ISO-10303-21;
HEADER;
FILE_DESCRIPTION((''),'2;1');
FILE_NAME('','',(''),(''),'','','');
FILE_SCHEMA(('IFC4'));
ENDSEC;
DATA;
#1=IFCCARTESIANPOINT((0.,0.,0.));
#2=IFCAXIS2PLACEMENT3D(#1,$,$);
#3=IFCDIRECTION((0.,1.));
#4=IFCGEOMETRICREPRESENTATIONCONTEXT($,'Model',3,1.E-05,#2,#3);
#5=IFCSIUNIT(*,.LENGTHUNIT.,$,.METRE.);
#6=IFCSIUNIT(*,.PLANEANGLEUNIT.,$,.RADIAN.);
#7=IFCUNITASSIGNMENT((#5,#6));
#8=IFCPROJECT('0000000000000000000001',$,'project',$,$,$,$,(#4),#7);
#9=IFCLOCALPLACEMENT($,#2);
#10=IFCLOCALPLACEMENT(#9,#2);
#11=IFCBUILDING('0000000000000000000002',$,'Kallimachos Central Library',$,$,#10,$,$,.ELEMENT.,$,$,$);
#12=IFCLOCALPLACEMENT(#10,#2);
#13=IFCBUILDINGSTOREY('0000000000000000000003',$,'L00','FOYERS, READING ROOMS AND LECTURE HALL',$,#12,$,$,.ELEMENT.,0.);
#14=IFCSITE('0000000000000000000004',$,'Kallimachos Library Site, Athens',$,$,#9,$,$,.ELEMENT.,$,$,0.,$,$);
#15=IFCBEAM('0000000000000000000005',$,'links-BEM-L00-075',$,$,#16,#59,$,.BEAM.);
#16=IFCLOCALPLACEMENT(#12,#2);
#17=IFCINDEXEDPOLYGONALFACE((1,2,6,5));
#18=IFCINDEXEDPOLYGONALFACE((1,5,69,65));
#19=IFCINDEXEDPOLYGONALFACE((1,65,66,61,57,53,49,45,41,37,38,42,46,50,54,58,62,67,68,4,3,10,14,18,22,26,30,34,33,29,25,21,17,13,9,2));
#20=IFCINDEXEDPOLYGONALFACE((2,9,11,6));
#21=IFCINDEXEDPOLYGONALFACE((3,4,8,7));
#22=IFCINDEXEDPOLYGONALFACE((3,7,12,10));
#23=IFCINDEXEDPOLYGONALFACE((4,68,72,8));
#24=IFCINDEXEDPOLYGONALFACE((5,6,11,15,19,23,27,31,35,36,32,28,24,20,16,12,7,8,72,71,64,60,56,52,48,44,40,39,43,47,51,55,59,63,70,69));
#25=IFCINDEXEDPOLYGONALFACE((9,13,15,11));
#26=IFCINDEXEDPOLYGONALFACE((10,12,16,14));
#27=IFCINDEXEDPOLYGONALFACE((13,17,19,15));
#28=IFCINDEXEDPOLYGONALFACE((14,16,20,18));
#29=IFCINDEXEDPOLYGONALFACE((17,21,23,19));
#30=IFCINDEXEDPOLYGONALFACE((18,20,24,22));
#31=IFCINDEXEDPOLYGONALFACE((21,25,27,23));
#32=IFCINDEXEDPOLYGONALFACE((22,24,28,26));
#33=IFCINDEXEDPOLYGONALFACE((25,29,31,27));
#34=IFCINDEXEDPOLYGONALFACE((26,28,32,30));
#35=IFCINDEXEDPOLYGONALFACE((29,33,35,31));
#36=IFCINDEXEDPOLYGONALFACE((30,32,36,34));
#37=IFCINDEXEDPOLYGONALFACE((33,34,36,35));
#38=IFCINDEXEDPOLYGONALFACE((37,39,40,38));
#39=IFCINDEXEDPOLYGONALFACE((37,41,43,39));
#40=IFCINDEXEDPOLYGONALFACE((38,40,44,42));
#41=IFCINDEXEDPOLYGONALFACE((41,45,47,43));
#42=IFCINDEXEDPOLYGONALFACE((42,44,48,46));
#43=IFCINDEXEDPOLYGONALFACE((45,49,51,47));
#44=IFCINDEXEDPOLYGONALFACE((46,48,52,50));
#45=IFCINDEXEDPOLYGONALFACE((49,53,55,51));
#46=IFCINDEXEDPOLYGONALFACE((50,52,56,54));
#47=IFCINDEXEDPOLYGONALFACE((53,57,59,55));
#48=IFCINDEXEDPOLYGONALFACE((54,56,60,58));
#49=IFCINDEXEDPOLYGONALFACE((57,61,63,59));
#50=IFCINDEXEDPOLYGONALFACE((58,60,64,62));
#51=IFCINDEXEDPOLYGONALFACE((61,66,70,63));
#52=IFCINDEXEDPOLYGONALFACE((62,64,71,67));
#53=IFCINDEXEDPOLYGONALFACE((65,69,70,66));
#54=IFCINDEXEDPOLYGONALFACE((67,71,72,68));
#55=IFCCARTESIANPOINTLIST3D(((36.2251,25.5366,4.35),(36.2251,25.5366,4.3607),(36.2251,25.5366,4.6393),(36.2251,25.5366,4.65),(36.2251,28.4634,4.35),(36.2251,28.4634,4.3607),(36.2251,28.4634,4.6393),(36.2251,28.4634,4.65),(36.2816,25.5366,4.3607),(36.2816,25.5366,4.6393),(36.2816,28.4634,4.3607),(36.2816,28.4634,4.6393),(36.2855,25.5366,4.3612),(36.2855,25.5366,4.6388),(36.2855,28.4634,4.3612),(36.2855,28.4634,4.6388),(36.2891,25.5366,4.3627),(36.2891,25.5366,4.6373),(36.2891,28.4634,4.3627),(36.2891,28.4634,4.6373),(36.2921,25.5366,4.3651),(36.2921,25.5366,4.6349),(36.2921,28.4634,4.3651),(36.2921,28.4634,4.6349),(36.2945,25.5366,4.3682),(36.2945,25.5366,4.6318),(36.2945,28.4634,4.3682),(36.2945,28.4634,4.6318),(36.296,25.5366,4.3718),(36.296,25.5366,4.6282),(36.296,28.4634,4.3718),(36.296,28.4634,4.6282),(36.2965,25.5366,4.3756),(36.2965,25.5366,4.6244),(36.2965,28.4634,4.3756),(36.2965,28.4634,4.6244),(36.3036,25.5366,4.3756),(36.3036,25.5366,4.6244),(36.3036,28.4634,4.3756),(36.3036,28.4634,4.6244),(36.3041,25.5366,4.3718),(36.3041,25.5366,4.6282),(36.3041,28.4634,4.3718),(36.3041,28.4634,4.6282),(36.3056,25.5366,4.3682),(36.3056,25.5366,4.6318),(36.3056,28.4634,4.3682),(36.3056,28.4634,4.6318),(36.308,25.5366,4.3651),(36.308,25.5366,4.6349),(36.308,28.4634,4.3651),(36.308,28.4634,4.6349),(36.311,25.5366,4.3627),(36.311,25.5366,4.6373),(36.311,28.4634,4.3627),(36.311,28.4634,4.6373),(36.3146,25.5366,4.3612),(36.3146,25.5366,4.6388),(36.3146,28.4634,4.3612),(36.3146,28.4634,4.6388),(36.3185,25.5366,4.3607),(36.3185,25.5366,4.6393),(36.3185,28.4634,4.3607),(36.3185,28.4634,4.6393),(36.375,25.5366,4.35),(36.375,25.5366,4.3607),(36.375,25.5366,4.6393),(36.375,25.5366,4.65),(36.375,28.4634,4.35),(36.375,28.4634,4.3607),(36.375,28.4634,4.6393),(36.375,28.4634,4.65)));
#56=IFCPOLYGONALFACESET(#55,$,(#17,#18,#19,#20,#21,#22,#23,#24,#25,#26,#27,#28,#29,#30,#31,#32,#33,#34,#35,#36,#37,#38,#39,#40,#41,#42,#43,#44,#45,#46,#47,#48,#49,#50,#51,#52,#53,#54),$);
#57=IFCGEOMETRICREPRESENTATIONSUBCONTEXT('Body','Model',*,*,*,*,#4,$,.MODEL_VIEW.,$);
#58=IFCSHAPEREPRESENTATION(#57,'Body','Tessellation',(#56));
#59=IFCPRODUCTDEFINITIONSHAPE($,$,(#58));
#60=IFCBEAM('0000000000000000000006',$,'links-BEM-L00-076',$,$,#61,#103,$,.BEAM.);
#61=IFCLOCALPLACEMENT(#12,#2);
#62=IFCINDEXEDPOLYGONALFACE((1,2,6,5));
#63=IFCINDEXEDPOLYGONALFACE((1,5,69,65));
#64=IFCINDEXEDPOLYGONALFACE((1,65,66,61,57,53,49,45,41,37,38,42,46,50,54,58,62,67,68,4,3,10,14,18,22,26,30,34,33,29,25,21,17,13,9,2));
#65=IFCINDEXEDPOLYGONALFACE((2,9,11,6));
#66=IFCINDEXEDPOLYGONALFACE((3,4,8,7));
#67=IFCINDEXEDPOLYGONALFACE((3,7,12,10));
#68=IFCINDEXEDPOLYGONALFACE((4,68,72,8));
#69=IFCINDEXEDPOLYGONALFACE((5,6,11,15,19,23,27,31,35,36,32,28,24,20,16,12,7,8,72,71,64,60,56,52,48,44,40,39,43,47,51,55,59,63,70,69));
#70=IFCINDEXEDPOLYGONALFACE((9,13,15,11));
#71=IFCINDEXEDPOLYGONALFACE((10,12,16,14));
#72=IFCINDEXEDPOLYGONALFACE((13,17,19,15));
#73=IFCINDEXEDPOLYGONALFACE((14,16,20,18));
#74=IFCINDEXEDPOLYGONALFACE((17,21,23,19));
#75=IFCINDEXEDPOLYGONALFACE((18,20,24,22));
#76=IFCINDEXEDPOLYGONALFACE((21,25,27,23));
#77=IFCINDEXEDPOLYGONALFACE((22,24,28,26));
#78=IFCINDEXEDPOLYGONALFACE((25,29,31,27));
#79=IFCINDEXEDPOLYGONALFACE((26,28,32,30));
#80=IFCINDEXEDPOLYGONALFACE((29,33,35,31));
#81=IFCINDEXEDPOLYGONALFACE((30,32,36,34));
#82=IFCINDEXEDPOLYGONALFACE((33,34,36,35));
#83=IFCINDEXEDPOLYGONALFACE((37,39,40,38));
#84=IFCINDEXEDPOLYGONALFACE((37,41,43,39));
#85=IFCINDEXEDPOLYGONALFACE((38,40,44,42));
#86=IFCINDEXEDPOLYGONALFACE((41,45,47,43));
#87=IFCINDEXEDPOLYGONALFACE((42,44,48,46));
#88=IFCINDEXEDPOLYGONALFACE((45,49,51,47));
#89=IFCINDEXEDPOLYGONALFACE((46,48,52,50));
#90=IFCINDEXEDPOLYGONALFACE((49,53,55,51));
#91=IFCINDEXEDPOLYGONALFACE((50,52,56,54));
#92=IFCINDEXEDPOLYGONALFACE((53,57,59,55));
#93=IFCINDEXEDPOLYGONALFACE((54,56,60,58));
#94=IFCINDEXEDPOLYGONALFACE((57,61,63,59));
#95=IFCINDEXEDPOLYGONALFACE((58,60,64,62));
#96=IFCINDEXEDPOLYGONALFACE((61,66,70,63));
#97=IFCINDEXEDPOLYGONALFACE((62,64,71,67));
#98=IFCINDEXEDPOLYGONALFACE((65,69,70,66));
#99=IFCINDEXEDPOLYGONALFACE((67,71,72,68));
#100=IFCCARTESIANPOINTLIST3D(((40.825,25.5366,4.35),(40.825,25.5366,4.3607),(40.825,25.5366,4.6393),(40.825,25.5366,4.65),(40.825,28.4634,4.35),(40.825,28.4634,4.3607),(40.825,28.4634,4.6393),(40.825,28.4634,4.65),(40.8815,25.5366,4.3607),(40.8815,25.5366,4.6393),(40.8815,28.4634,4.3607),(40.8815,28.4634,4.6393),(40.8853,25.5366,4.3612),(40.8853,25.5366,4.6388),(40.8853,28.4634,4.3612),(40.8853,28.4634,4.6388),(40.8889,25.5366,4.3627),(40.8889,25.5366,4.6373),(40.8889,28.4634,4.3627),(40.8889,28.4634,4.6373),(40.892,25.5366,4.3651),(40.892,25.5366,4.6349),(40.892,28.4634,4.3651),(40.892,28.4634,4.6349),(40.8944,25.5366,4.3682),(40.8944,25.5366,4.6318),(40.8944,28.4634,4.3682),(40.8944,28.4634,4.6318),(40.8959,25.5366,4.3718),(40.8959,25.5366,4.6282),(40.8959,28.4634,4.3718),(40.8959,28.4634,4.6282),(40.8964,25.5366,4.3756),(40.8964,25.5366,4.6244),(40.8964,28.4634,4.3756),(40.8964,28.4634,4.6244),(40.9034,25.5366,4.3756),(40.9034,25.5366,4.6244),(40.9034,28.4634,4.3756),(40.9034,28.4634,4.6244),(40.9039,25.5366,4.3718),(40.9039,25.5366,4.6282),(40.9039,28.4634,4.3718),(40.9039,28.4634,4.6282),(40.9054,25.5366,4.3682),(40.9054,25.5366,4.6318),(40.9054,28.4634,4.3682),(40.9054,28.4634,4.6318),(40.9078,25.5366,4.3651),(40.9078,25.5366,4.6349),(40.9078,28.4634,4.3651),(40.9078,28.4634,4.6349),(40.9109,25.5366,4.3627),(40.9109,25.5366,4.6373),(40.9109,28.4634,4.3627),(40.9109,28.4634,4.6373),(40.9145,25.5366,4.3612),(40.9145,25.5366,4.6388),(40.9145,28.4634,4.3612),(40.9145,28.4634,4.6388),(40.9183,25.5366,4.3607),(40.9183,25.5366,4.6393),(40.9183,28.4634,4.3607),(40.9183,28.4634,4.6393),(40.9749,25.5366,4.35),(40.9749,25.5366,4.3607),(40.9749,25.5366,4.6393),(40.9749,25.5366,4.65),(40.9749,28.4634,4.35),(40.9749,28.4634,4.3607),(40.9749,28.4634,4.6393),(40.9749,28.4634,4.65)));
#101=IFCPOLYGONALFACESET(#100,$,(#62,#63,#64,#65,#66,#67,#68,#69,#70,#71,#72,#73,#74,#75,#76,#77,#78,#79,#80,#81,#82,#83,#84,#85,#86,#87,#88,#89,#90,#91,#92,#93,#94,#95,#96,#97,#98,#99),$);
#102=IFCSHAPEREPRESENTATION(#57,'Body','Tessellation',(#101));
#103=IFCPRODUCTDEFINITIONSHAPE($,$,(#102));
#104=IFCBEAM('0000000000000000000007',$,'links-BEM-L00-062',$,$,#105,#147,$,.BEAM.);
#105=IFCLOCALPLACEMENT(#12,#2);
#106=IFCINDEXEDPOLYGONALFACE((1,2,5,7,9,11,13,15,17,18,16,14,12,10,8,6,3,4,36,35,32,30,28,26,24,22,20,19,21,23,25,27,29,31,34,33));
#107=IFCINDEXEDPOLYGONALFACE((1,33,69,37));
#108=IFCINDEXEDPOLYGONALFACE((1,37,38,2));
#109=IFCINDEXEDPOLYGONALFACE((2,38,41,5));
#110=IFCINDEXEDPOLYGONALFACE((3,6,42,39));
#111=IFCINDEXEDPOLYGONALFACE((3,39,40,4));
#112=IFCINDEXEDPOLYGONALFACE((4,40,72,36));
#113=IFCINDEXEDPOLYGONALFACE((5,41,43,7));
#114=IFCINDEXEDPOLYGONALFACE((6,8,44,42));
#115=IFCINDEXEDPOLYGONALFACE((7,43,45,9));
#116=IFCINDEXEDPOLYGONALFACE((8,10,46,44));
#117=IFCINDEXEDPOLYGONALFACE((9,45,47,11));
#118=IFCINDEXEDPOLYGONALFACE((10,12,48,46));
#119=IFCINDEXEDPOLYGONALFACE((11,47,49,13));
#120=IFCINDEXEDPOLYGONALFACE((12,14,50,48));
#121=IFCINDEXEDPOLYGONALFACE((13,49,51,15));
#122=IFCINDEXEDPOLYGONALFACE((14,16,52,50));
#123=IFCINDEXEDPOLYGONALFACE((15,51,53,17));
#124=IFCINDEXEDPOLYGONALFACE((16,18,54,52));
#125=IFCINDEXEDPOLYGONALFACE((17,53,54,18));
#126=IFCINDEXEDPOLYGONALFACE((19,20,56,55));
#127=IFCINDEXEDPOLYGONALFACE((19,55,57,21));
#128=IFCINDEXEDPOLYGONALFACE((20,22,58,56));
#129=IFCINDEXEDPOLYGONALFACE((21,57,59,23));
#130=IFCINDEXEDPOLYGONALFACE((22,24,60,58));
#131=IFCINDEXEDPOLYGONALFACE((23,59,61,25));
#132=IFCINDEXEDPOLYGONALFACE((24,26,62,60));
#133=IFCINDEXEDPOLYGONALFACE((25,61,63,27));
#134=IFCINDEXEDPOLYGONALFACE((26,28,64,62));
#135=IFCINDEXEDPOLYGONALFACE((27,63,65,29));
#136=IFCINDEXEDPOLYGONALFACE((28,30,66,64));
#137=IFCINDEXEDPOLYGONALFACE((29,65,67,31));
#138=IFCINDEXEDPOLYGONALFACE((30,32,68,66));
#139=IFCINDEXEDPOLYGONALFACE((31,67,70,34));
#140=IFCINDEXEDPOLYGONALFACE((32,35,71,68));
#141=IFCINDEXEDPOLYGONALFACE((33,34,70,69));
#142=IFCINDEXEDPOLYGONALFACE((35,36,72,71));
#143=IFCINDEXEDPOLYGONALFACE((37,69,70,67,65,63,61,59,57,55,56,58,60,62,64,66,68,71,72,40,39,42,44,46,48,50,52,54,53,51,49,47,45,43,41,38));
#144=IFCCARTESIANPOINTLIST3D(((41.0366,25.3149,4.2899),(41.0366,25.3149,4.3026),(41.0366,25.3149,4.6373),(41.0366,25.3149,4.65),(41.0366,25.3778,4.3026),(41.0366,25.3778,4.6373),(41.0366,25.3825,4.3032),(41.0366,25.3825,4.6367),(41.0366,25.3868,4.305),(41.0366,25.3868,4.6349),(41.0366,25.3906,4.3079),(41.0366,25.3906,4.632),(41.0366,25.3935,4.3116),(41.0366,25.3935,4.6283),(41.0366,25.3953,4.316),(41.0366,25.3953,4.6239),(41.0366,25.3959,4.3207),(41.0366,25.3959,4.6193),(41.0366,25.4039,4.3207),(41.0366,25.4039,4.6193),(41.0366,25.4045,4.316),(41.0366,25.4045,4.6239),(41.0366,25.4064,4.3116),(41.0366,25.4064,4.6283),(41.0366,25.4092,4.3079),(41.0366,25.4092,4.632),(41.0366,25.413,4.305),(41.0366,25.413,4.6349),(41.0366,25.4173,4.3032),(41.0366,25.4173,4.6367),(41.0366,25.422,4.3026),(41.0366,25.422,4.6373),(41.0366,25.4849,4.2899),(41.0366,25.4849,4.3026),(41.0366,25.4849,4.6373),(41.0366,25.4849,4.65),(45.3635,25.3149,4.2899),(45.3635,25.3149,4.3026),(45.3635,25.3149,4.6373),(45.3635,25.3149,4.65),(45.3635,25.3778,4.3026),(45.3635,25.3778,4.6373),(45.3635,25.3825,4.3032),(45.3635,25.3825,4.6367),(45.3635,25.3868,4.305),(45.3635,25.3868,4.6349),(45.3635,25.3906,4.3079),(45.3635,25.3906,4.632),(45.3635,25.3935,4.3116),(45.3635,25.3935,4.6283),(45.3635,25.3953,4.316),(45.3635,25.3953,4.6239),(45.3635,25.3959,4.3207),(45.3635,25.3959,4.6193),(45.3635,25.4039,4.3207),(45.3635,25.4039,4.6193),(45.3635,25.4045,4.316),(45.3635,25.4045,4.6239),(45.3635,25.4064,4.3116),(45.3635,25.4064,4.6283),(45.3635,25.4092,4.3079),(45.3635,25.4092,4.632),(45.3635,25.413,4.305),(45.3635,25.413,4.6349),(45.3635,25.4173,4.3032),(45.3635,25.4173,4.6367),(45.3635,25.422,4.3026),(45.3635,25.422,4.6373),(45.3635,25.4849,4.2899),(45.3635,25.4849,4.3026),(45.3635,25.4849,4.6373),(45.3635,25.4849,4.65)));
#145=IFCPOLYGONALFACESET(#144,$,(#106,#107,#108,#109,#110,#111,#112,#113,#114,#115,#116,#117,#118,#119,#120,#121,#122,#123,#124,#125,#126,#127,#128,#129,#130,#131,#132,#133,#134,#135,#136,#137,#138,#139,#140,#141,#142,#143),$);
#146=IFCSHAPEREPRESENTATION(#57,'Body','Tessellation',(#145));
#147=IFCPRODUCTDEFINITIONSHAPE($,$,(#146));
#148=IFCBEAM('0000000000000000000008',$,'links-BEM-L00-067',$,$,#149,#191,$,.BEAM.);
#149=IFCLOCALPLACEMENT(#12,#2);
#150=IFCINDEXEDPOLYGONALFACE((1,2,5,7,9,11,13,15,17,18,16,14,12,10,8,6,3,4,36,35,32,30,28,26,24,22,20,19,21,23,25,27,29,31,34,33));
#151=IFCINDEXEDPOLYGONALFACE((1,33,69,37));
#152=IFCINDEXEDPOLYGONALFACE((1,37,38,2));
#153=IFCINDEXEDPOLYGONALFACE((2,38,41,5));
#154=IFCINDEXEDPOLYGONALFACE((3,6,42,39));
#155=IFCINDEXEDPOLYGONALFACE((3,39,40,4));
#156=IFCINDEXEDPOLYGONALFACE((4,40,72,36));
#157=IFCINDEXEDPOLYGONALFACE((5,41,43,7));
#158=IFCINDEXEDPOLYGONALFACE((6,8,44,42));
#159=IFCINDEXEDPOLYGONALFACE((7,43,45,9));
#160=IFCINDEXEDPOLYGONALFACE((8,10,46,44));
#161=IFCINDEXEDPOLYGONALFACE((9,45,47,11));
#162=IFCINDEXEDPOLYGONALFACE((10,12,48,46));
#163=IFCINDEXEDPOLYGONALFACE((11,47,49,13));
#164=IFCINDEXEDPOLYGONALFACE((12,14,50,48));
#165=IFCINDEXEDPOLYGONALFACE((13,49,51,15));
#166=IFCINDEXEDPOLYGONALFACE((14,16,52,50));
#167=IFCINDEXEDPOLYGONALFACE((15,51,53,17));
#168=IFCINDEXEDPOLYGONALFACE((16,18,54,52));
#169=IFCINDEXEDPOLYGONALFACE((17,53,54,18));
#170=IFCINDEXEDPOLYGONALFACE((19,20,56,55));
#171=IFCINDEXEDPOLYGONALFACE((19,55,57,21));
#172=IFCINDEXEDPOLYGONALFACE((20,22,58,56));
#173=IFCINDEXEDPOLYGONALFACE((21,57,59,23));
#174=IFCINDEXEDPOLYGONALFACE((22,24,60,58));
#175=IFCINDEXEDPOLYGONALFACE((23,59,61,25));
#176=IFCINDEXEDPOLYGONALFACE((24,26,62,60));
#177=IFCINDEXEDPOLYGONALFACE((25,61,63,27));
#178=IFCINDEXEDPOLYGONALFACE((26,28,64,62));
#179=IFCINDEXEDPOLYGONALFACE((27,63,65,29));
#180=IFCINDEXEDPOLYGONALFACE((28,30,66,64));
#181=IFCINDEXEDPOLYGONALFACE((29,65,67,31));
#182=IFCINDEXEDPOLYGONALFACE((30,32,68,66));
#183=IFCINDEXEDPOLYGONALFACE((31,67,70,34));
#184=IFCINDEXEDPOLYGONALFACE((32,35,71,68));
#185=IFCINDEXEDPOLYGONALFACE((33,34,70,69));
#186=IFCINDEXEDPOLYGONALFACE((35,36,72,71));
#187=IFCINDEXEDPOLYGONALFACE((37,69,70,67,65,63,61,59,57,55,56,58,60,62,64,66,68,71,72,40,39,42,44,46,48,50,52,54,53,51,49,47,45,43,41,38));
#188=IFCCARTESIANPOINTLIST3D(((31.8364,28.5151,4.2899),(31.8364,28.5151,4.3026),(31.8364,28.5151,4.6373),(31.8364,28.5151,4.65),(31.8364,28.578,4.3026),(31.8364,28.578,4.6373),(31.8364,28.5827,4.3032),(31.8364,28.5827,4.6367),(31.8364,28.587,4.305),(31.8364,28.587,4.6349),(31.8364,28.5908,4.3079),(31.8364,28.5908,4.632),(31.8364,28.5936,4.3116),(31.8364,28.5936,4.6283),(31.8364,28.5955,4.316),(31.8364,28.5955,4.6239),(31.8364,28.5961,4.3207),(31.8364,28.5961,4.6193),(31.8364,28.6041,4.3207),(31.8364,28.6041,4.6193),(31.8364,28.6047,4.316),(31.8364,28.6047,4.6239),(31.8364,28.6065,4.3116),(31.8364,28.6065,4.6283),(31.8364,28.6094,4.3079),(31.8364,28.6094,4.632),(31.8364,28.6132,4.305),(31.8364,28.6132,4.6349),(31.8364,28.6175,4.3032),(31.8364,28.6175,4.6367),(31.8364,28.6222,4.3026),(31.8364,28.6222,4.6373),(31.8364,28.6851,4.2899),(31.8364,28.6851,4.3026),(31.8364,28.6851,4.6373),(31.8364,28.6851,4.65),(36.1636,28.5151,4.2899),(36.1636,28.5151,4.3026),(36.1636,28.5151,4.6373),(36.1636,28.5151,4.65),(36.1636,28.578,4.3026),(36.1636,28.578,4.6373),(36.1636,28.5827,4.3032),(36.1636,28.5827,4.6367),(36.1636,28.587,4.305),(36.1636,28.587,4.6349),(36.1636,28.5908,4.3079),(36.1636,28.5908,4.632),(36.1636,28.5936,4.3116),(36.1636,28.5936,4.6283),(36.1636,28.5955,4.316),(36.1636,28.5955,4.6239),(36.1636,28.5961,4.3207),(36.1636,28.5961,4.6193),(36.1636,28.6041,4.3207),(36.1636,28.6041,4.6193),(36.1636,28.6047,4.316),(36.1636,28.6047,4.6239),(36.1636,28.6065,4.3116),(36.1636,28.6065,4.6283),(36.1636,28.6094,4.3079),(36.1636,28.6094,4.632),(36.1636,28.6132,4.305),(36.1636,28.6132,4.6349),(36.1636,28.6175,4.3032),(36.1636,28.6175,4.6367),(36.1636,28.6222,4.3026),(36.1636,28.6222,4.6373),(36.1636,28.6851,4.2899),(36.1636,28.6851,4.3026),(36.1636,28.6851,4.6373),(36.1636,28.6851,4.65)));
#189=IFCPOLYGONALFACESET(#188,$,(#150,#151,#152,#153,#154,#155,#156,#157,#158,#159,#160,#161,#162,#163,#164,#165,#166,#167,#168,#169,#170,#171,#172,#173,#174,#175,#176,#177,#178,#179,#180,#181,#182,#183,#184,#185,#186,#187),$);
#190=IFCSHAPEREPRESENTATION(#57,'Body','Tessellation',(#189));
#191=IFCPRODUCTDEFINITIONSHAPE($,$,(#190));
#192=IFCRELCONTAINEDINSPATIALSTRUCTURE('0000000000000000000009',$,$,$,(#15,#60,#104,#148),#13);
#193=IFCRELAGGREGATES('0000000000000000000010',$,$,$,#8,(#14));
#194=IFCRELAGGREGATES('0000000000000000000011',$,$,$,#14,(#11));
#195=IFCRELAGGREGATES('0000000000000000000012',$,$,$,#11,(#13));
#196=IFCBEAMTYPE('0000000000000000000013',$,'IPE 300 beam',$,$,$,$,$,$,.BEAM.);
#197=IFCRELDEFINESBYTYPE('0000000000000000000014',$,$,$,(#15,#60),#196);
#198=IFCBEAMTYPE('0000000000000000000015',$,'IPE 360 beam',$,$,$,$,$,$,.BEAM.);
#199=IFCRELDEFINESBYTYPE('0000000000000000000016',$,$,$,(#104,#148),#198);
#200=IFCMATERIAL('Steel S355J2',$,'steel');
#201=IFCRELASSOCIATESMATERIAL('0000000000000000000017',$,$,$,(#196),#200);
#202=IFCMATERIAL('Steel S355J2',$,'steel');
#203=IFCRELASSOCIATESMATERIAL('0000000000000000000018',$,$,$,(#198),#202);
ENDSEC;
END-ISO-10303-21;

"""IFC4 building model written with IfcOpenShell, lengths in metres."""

from ifc_helpers import new_model, si_unit, direction, frame, origin, origin_2d, place, context, subcontext, project, spatial, i_section, extrude, material, material_profile, profile_set, type_object, element, save


model = new_model("IFC4")

# Units and contexts
model_context = context("Model", 3, precision=1e-05, world=origin(), true_north=direction((0.0, 1.0)))
body_context = subcontext(model_context, "Body", "Model", "MODEL_VIEW")
ifc_project = project(units=[si_unit("LENGTHUNIT", "METRE"), si_unit("PLANEANGLEUNIT", "RADIAN")], contexts=[model_context])

# Site, building, storey
site_placement = place(None, origin())
site = spatial("IfcSite", under=ifc_project, at=site_placement, Name="Kallimachos Library Site, Athens", CompositionType="ELEMENT", RefElevation=0.0)
building_placement = place(site_placement, origin())
building = spatial("IfcBuilding", under=site, at=building_placement, Name="Kallimachos Central Library", CompositionType="ELEMENT")
storey_placement = place(building_placement, origin())
storey = spatial("IfcBuildingStorey", under=building, at=storey_placement, Name="L00", Description="FOYERS, READING ROOMS AND LECTURE HALL", CompositionType="ELEMENT", Elevation=0.0)

# Beams
ifc_material_1 = material(Name="Steel S355J2", Category="steel")
ifc_material_profile_1 = material_profile(ifc_material_1, i_section(OverallWidth=0.1499, OverallDepth=0.3, WebThickness=0.0071, FlangeThickness=0.0107, FilletRadius=0.0149, at=origin_2d()), Name="IPE 300")
ifc_profile_set_1 = profile_set([ifc_material_profile_1], Name="Steel S355J2")
beam_type_1 = type_object("IfcBeamType", Name="IPE 300 beam", PredefinedType="BEAM", material=ifc_profile_set_1)
for number, where, z_axis, x_axis, name in (
    (1, (36.3, 25.5366, 4.5), (0.0, 1.0, 0.0), (-1.0, 0.0, 0.0), "links-BEM-L00-075"),
    (2, (40.8999, 25.5366, 4.5), (0.0, 1.0, 0.0), (-1.0, 0.0, 0.0), "links-BEM-L00-076"),
):
    element("IfcBeam", number, at=place(storey_placement, frame(where, z_axis=z_axis, x_axis=x_axis)), inside=storey, type_object=beam_type_1, Name=name, PredefinedType="BEAM", context=body_context, shape_type="SweptSolid", body=[
        extrude(i_section(OverallWidth=0.1499, OverallDepth=0.3, WebThickness=0.0071, FlangeThickness=0.0107, FilletRadius=0.0149, at=origin_2d()), origin(), (0.0, 0.0, 1.0), 2.9268),
    ])
ifc_material_2 = material(Name="Steel S355J2", Category="steel")
ifc_material_profile_2 = material_profile(ifc_material_2, i_section(OverallWidth=0.1699, OverallDepth=0.3601, WebThickness=0.0081, FlangeThickness=0.0127, FilletRadius=0.0181, at=origin_2d()), Name="IPE 360")
ifc_profile_set_2 = profile_set([ifc_material_profile_2], Name="Steel S355J2")
beam_type_2 = type_object("IfcBeamType", Name="IPE 360 beam", PredefinedType="BEAM", material=ifc_profile_set_2)
beam_1_placement = place(storey_placement, frame((41.0366, 25.3999, 4.47), z_axis=(1.0, 0.0, 0.0), x_axis=(0.0, 1.0, 0.0)))
element("IfcBeam", 3, at=beam_1_placement, inside=storey, type_object=beam_type_2, Name="links-BEM-L00-062", PredefinedType="BEAM", context=body_context, shape_type="SweptSolid", body=[
    extrude(i_section(OverallWidth=0.1699, OverallDepth=0.3601, WebThickness=0.0081, FlangeThickness=0.0127, FilletRadius=0.0181, at=origin_2d()), origin(), (0.0, 0.0, 1.0), 4.3269),
])
beam_2_placement = place(storey_placement, frame((31.8364, 28.6001, 4.47), z_axis=(1.0, 0.0, 0.0), x_axis=(0.0, 1.0, 0.0)))
element("IfcBeam", 4, at=beam_2_placement, inside=storey, type_object=beam_type_2, Name="links-BEM-L00-067", PredefinedType="BEAM", context=body_context, shape_type="SweptSolid", body=[
    extrude(i_section(OverallWidth=0.1699, OverallDepth=0.3601, WebThickness=0.0081, FlangeThickness=0.0127, FilletRadius=0.0181, at=origin_2d()), origin(), (0.0, 0.0, 1.0), 4.3271),
])

save(model, "model.ifc")
